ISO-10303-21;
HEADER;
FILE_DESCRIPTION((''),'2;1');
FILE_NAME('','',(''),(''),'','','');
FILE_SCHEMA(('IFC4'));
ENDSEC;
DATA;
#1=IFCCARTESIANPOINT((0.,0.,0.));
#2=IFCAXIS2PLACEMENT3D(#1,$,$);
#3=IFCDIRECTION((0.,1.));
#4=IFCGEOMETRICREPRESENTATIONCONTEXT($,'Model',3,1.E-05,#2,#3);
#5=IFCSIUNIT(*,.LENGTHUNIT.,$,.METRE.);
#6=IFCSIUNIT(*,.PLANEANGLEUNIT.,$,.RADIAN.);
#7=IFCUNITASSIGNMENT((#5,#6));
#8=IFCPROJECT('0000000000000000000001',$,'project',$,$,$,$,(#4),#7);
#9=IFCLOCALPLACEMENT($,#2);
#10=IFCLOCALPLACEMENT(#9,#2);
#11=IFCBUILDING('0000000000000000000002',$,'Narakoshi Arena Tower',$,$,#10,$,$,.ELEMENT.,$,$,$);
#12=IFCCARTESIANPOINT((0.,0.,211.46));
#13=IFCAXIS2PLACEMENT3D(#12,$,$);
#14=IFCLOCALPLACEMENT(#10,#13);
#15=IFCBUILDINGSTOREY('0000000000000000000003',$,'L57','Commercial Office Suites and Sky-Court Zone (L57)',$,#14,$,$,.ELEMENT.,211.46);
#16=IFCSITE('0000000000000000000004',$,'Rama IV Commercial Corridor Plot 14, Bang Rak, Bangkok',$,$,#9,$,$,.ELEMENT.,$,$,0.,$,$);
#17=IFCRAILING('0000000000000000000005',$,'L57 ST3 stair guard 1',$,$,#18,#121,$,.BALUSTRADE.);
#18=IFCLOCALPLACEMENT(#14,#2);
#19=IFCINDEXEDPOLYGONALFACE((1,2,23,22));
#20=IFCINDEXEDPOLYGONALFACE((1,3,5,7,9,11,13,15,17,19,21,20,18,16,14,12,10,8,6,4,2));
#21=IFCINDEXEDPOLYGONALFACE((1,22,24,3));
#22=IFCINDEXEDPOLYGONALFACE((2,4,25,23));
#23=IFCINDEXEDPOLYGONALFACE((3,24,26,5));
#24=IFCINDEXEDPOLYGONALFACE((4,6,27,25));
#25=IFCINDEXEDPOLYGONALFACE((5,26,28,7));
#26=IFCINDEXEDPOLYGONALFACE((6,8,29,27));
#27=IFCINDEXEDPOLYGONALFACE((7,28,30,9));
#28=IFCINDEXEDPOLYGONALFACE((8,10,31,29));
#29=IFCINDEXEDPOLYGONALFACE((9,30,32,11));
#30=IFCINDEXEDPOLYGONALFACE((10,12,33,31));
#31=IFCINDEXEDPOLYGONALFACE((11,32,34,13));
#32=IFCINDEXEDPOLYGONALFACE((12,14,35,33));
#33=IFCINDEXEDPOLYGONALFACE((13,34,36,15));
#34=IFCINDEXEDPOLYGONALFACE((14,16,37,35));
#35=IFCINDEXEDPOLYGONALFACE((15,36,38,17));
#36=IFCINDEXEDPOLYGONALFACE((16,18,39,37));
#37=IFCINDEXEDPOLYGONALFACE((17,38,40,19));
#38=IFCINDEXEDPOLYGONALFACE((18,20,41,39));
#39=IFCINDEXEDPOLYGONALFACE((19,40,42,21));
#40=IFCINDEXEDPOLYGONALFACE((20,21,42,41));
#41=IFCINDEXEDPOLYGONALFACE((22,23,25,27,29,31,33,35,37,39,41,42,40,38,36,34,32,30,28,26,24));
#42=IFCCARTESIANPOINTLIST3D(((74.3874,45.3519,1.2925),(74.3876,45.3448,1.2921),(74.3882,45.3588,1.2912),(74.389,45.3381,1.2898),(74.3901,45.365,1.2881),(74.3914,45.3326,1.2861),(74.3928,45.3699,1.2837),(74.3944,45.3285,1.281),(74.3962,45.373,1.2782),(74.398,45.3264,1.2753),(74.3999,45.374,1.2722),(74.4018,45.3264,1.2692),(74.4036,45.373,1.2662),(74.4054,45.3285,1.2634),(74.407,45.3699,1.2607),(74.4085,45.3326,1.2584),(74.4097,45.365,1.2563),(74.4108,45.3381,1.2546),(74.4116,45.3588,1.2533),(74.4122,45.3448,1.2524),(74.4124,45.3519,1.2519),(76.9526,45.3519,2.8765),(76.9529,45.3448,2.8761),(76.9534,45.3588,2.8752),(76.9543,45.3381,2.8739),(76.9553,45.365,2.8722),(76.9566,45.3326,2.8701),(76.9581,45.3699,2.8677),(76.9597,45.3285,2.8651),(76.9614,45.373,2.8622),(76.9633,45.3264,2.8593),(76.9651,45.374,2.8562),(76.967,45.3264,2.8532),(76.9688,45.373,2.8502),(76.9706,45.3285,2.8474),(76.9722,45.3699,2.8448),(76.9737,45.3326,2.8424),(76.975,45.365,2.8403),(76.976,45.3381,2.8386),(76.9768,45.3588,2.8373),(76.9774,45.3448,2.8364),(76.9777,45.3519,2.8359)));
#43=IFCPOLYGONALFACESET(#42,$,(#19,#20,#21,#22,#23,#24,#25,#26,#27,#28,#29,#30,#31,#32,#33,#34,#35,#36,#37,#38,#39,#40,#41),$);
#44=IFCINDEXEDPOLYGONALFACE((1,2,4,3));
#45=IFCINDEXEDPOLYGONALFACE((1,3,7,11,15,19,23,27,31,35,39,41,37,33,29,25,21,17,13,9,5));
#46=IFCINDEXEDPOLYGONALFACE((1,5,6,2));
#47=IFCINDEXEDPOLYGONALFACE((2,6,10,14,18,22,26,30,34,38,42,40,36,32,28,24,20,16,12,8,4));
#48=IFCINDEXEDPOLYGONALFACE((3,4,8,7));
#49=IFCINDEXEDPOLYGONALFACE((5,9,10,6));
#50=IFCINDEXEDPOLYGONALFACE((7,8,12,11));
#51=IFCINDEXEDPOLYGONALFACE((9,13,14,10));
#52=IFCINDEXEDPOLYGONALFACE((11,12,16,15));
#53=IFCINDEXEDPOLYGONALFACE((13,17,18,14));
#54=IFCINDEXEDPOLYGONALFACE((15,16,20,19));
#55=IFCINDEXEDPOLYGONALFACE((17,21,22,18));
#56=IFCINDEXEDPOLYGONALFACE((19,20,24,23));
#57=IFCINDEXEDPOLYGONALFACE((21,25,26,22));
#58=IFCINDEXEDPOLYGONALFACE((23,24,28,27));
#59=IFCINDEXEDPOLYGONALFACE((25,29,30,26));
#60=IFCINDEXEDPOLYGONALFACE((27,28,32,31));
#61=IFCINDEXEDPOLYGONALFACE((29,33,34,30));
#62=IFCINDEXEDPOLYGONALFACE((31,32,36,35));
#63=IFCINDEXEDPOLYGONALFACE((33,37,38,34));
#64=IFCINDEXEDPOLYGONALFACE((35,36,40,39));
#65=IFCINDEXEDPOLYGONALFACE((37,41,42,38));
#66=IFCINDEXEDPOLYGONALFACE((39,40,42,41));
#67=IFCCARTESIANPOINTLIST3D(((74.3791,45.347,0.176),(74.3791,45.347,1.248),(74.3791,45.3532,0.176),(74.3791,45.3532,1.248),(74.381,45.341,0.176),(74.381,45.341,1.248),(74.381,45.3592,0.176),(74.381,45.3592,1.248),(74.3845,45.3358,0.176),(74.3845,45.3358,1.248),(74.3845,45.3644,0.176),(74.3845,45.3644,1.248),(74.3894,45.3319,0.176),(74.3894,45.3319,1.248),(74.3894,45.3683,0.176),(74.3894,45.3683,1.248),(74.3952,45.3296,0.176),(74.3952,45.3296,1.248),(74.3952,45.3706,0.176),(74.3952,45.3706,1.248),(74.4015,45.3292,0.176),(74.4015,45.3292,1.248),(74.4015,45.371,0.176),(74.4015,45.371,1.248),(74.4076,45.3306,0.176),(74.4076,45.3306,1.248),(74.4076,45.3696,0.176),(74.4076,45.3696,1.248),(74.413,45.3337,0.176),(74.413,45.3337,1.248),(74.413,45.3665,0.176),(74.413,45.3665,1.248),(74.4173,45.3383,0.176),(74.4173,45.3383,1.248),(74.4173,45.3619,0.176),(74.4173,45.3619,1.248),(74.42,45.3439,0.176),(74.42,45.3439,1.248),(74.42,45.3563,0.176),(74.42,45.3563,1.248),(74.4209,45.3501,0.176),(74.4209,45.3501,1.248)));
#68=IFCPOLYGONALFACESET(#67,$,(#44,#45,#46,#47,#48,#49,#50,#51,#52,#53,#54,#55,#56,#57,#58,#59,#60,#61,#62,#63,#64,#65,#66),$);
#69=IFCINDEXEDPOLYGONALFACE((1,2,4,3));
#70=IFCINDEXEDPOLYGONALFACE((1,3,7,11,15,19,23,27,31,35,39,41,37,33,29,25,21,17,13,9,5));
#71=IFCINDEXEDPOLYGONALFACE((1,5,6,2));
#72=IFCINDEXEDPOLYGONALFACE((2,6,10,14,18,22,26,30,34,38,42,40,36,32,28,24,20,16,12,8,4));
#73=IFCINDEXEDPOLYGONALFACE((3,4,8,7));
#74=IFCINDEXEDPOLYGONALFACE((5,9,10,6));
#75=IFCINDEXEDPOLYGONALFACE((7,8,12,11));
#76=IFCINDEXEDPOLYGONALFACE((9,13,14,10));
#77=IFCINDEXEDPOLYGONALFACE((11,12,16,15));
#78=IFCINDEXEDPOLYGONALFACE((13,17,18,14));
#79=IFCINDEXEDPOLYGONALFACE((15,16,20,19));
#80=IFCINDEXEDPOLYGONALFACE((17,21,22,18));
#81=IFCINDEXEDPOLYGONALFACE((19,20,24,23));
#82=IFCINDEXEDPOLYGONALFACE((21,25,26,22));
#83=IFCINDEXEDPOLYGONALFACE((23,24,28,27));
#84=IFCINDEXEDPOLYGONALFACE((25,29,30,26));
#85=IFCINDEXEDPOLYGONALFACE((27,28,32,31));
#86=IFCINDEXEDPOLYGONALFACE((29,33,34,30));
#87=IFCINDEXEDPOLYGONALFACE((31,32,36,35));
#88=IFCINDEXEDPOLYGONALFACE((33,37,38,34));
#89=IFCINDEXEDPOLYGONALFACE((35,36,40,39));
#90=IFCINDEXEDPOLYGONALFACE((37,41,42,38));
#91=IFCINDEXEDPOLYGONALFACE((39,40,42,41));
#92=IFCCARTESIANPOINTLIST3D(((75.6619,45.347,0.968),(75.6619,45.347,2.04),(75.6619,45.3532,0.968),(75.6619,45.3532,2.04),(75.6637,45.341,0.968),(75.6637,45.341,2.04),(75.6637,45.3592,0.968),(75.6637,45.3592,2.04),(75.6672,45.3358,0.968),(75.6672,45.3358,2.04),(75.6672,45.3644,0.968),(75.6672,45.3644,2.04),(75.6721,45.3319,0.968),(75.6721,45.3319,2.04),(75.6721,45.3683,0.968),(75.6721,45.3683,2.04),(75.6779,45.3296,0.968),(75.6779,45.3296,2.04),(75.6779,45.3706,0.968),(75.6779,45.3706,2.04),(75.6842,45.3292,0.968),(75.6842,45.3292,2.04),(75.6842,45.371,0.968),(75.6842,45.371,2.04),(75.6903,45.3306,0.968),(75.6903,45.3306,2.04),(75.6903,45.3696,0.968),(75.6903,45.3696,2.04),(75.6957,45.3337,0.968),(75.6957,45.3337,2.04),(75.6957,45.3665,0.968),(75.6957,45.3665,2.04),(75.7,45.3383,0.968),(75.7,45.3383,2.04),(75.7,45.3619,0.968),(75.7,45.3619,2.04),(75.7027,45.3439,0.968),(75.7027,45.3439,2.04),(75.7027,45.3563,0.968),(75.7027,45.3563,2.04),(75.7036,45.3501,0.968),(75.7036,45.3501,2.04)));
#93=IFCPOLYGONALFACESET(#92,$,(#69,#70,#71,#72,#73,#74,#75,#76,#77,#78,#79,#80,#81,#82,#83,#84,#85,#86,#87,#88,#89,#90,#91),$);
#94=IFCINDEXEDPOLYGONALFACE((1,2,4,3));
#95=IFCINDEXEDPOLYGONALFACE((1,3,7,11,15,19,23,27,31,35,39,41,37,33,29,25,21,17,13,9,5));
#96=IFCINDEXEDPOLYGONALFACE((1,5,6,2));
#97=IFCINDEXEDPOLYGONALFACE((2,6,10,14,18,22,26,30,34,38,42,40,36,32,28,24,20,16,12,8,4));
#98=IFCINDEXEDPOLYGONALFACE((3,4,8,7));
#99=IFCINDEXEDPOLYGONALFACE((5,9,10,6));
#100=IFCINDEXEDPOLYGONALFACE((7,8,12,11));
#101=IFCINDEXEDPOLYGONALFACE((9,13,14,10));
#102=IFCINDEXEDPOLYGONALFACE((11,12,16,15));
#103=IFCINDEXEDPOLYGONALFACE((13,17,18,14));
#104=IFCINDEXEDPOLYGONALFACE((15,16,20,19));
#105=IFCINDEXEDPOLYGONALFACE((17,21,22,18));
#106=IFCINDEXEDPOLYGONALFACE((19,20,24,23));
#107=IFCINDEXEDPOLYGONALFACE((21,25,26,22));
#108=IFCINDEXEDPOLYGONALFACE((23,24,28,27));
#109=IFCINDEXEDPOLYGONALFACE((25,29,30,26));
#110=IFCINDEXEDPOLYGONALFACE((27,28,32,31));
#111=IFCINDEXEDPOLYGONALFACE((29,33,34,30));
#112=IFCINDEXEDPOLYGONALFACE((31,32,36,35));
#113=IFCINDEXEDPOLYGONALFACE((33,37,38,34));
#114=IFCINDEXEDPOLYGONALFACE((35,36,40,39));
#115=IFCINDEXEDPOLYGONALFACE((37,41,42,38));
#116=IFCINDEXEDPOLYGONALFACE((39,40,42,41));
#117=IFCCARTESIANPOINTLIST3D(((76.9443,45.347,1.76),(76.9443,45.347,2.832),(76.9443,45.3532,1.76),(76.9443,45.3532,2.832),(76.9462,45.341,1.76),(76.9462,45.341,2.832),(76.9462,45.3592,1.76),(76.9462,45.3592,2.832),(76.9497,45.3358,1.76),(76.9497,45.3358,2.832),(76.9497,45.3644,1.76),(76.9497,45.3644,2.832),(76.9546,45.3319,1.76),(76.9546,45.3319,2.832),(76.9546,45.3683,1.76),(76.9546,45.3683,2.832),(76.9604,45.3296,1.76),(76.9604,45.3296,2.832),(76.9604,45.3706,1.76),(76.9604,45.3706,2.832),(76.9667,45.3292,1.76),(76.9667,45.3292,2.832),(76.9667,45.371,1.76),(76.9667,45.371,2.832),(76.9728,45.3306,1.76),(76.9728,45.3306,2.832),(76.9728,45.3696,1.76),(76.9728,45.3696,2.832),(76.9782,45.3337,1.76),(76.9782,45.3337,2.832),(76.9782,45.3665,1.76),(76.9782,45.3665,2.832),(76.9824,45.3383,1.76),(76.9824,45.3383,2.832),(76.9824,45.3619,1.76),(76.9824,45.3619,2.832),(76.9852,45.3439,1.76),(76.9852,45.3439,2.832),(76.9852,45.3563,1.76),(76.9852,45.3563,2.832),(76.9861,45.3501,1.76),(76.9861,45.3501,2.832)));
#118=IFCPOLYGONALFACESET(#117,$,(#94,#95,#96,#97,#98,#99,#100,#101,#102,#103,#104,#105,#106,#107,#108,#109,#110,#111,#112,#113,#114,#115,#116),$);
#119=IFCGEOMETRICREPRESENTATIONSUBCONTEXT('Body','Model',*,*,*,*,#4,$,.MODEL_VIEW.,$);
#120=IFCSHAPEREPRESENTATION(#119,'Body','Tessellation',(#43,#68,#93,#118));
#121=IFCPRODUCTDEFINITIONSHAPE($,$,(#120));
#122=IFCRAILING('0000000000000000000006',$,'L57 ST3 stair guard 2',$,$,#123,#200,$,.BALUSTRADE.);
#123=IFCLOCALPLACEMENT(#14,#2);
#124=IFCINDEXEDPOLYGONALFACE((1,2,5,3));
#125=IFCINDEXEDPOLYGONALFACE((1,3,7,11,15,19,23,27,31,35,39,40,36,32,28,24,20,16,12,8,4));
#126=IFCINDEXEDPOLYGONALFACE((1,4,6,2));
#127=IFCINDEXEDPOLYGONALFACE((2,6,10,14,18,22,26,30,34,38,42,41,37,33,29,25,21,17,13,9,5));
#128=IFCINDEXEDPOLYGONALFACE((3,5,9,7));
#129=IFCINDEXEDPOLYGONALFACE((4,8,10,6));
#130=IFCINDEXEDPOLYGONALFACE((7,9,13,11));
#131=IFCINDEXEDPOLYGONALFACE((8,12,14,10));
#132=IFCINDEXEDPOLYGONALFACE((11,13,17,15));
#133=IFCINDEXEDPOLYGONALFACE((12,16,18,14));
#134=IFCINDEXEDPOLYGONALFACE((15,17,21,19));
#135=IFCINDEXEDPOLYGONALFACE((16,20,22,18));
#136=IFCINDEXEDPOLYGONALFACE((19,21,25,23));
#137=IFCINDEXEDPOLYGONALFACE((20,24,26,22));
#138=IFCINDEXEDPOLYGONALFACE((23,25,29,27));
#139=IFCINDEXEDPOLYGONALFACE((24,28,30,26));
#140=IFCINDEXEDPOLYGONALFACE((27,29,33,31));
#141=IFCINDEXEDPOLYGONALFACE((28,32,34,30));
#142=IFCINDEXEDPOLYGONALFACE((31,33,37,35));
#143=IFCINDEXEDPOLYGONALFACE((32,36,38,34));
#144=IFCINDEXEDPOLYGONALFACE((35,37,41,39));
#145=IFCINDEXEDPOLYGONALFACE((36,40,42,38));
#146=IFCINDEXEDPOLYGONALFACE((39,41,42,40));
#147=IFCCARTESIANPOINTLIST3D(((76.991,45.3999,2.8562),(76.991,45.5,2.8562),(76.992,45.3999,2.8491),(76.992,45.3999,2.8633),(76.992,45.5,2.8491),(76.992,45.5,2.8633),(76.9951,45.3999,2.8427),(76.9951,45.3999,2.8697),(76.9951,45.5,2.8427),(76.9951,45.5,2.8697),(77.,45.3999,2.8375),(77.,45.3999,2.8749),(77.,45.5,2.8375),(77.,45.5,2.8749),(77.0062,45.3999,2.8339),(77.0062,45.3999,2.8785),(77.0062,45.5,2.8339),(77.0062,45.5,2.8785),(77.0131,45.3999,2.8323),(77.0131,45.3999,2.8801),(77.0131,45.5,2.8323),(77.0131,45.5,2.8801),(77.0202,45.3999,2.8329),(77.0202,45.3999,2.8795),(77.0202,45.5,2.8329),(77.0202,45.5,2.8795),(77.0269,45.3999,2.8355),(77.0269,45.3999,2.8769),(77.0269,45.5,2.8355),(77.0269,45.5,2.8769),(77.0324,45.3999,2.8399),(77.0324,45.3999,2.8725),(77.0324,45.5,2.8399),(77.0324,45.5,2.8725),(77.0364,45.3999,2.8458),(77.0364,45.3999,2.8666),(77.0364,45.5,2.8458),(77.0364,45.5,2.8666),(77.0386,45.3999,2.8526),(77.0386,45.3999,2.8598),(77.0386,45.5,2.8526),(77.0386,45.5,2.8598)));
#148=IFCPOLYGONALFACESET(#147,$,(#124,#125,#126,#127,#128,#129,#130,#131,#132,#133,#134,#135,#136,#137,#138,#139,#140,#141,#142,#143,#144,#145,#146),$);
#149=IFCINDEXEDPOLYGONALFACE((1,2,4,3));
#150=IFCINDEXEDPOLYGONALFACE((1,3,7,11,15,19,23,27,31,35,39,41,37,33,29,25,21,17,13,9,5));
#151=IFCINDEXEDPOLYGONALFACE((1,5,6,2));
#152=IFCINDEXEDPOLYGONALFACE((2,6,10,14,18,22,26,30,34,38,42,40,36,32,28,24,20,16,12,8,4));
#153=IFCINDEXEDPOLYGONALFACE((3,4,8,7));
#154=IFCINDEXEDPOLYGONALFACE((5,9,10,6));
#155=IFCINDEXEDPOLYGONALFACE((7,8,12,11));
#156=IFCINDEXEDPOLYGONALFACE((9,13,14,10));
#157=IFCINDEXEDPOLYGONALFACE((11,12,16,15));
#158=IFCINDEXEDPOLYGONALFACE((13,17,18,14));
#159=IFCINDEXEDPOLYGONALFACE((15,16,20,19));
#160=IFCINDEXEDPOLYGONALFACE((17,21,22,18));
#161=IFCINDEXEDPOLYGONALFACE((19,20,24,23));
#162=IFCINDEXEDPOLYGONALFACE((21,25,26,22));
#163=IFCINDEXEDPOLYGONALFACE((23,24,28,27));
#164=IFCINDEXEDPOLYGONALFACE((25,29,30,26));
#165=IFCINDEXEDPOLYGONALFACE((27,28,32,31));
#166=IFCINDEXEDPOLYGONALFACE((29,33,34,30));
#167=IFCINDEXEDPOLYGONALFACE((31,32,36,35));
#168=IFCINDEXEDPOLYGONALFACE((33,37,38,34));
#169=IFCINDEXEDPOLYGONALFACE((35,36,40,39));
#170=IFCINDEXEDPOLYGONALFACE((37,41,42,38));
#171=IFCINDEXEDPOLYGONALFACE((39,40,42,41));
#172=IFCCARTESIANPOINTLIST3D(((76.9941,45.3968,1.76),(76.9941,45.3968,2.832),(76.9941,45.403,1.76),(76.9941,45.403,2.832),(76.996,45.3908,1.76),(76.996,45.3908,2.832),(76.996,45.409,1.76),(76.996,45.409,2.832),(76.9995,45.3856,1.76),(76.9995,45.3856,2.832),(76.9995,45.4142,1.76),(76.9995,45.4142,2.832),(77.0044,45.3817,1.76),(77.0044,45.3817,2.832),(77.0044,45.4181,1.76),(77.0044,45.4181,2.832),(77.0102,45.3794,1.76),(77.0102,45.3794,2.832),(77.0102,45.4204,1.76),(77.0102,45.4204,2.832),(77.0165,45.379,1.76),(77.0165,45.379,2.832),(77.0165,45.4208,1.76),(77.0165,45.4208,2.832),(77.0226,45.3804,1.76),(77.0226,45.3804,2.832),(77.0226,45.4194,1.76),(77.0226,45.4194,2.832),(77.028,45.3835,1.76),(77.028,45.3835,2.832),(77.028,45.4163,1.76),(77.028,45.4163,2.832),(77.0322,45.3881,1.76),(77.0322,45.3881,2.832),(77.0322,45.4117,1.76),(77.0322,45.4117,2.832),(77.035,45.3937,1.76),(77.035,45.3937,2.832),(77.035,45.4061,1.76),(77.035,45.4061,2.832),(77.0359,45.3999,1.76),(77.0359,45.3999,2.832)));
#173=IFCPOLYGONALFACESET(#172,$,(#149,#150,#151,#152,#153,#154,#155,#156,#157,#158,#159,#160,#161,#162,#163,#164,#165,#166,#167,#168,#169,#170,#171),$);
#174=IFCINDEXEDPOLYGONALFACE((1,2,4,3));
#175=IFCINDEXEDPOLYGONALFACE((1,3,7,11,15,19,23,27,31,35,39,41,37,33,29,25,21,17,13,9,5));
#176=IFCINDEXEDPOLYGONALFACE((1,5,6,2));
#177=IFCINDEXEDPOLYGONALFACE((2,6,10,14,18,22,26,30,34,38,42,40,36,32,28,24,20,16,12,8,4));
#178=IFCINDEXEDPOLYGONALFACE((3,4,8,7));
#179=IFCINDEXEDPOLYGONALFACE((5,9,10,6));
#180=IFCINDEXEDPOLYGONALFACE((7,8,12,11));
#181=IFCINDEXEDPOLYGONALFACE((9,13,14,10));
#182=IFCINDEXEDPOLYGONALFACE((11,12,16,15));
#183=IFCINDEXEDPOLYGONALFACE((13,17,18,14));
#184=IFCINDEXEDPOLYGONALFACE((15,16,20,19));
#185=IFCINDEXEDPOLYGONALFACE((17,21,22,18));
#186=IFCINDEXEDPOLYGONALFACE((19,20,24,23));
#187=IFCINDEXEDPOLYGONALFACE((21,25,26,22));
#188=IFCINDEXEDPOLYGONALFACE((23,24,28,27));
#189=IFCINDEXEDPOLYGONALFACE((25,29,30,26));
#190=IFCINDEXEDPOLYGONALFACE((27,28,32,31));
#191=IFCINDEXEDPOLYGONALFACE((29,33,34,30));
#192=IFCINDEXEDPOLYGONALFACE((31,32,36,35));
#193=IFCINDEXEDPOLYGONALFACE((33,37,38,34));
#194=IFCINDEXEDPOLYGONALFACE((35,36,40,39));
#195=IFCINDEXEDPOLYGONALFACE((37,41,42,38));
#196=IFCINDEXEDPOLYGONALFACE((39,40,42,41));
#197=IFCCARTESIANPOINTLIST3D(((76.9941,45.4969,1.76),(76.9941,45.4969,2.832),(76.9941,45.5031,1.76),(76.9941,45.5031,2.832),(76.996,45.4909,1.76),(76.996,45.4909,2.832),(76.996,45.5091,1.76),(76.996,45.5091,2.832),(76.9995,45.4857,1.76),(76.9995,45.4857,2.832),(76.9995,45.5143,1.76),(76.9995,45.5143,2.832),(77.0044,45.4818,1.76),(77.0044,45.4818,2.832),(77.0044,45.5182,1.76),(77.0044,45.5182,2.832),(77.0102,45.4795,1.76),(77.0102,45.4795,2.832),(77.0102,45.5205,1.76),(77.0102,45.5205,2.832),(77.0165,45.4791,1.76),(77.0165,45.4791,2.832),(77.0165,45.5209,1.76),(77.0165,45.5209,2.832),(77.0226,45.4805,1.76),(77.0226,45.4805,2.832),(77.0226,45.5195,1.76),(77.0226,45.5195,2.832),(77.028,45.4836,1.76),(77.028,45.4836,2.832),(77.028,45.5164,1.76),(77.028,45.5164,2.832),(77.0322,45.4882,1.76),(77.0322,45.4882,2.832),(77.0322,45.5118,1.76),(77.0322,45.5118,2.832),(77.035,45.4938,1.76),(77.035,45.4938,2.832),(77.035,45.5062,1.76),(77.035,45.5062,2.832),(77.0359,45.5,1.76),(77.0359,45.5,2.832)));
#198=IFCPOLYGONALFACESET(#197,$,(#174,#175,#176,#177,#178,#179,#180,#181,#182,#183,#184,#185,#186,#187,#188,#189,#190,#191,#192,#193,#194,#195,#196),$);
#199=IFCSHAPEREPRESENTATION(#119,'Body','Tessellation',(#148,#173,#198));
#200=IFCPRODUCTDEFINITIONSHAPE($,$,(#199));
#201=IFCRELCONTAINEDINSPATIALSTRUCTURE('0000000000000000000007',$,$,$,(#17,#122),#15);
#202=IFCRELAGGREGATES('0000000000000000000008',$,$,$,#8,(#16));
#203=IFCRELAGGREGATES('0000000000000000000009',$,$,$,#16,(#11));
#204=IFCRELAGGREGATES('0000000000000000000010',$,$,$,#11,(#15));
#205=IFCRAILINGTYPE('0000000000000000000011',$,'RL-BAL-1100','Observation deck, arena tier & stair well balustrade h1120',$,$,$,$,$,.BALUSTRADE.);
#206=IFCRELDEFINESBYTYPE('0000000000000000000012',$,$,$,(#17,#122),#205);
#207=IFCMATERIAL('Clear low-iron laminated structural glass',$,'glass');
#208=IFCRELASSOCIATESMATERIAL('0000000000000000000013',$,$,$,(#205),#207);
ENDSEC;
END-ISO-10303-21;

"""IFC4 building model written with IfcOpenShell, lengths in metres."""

from ifc_helpers import new_model, si_unit, direction, frame, origin, origin_2d, place, context, subcontext, project, spatial, circle, extrude, material, type_object, element, save


model = new_model("IFC4")

# Units and contexts
model_context = context("Model", 3, precision=1e-05, world=origin(), true_north=direction((0.0, 1.0)))
body_context = subcontext(model_context, "Body", "Model", "MODEL_VIEW")
ifc_project = project(units=[si_unit("LENGTHUNIT", "METRE"), si_unit("PLANEANGLEUNIT", "RADIAN")], contexts=[model_context])

# Site, building, storey
site_placement = place(None, origin())
site = spatial("IfcSite", under=ifc_project, at=site_placement, Name="Rama IV Commercial Corridor Plot 14, Bang Rak, Bangkok", CompositionType="ELEMENT", RefElevation=0.0)
building_placement = place(site_placement, origin())
building = spatial("IfcBuilding", under=site, at=building_placement, Name="Narakoshi Arena Tower", CompositionType="ELEMENT")
storey_placement = place(building_placement, frame((0.0, 0.0, 211.46)))
storey = spatial("IfcBuildingStorey", under=building, at=storey_placement, Name="L57", Description="Commercial Office Suites and Sky-Court Zone (L57)", CompositionType="ELEMENT", Elevation=211.46)

# Railings
ifc_material_1 = material(Name="Clear low-iron laminated structural glass", Category="glass")
railing_type_1 = type_object("IfcRailingType", Name="RL-BAL-1100", Description="Observation deck, arena tier & stair well balustrade h1120", PredefinedType="BALUSTRADE", material=ifc_material_1)
railing_1_placement = place(storey_placement, frame((74.3999, 45.3501, 0.176)))
element("IfcRailing", 1, at=railing_1_placement, inside=storey, type_object=railing_type_1, Name="L57 ST3 stair guard 1", PredefinedType="BALUSTRADE", context=body_context, shape_type="SweptSolid", body=[
    extrude(circle(Radius=0.0239, at=origin_2d()), frame((0.0, 0.0, 1.0962), z_axis=(0.850857, 0.0, 0.525398), x_axis=(0.0, 1.0, 0.0)), (0.0, 0.0, 1.0), 3.0149),
    extrude(circle(Radius=0.021, at=origin_2d()), origin(), (0.0, 0.0, 1.0), 1.072),
    extrude(circle(Radius=0.021, at=origin_2d()), frame((1.2827, 0.0, 0.792)), (0.0, 0.0, 1.0), 1.072),
    extrude(circle(Radius=0.021, at=origin_2d()), frame((2.5652, 0.0, 1.584)), (0.0, 0.0, 1.0), 1.072),
])
for number, where, name in (
    (2, (77.0149, 45.3999, 1.76), "L57 ST3 stair guard 2"),
):
    element("IfcRailing", number, at=place(storey_placement, frame(where)), inside=storey, type_object=railing_type_1, Name=name, PredefinedType="BALUSTRADE", context=body_context, shape_type="SweptSolid", body=[
        extrude(circle(Radius=0.0239, at=origin_2d()), frame((0.0, 0.0, 1.0962), z_axis=(0.0, 1.0, 0.0), x_axis=(-1.0, 0.0, 0.0)), (0.0, 0.0, 1.0), 0.1001),
        extrude(circle(Radius=0.021, at=origin_2d()), origin(), (0.0, 0.0, 1.0), 1.072),
        extrude(circle(Radius=0.021, at=origin_2d()), frame((0.0, 0.1001, 0.0)), (0.0, 0.0, 1.0), 1.072),
    ])

save(model, "model.ifc")
